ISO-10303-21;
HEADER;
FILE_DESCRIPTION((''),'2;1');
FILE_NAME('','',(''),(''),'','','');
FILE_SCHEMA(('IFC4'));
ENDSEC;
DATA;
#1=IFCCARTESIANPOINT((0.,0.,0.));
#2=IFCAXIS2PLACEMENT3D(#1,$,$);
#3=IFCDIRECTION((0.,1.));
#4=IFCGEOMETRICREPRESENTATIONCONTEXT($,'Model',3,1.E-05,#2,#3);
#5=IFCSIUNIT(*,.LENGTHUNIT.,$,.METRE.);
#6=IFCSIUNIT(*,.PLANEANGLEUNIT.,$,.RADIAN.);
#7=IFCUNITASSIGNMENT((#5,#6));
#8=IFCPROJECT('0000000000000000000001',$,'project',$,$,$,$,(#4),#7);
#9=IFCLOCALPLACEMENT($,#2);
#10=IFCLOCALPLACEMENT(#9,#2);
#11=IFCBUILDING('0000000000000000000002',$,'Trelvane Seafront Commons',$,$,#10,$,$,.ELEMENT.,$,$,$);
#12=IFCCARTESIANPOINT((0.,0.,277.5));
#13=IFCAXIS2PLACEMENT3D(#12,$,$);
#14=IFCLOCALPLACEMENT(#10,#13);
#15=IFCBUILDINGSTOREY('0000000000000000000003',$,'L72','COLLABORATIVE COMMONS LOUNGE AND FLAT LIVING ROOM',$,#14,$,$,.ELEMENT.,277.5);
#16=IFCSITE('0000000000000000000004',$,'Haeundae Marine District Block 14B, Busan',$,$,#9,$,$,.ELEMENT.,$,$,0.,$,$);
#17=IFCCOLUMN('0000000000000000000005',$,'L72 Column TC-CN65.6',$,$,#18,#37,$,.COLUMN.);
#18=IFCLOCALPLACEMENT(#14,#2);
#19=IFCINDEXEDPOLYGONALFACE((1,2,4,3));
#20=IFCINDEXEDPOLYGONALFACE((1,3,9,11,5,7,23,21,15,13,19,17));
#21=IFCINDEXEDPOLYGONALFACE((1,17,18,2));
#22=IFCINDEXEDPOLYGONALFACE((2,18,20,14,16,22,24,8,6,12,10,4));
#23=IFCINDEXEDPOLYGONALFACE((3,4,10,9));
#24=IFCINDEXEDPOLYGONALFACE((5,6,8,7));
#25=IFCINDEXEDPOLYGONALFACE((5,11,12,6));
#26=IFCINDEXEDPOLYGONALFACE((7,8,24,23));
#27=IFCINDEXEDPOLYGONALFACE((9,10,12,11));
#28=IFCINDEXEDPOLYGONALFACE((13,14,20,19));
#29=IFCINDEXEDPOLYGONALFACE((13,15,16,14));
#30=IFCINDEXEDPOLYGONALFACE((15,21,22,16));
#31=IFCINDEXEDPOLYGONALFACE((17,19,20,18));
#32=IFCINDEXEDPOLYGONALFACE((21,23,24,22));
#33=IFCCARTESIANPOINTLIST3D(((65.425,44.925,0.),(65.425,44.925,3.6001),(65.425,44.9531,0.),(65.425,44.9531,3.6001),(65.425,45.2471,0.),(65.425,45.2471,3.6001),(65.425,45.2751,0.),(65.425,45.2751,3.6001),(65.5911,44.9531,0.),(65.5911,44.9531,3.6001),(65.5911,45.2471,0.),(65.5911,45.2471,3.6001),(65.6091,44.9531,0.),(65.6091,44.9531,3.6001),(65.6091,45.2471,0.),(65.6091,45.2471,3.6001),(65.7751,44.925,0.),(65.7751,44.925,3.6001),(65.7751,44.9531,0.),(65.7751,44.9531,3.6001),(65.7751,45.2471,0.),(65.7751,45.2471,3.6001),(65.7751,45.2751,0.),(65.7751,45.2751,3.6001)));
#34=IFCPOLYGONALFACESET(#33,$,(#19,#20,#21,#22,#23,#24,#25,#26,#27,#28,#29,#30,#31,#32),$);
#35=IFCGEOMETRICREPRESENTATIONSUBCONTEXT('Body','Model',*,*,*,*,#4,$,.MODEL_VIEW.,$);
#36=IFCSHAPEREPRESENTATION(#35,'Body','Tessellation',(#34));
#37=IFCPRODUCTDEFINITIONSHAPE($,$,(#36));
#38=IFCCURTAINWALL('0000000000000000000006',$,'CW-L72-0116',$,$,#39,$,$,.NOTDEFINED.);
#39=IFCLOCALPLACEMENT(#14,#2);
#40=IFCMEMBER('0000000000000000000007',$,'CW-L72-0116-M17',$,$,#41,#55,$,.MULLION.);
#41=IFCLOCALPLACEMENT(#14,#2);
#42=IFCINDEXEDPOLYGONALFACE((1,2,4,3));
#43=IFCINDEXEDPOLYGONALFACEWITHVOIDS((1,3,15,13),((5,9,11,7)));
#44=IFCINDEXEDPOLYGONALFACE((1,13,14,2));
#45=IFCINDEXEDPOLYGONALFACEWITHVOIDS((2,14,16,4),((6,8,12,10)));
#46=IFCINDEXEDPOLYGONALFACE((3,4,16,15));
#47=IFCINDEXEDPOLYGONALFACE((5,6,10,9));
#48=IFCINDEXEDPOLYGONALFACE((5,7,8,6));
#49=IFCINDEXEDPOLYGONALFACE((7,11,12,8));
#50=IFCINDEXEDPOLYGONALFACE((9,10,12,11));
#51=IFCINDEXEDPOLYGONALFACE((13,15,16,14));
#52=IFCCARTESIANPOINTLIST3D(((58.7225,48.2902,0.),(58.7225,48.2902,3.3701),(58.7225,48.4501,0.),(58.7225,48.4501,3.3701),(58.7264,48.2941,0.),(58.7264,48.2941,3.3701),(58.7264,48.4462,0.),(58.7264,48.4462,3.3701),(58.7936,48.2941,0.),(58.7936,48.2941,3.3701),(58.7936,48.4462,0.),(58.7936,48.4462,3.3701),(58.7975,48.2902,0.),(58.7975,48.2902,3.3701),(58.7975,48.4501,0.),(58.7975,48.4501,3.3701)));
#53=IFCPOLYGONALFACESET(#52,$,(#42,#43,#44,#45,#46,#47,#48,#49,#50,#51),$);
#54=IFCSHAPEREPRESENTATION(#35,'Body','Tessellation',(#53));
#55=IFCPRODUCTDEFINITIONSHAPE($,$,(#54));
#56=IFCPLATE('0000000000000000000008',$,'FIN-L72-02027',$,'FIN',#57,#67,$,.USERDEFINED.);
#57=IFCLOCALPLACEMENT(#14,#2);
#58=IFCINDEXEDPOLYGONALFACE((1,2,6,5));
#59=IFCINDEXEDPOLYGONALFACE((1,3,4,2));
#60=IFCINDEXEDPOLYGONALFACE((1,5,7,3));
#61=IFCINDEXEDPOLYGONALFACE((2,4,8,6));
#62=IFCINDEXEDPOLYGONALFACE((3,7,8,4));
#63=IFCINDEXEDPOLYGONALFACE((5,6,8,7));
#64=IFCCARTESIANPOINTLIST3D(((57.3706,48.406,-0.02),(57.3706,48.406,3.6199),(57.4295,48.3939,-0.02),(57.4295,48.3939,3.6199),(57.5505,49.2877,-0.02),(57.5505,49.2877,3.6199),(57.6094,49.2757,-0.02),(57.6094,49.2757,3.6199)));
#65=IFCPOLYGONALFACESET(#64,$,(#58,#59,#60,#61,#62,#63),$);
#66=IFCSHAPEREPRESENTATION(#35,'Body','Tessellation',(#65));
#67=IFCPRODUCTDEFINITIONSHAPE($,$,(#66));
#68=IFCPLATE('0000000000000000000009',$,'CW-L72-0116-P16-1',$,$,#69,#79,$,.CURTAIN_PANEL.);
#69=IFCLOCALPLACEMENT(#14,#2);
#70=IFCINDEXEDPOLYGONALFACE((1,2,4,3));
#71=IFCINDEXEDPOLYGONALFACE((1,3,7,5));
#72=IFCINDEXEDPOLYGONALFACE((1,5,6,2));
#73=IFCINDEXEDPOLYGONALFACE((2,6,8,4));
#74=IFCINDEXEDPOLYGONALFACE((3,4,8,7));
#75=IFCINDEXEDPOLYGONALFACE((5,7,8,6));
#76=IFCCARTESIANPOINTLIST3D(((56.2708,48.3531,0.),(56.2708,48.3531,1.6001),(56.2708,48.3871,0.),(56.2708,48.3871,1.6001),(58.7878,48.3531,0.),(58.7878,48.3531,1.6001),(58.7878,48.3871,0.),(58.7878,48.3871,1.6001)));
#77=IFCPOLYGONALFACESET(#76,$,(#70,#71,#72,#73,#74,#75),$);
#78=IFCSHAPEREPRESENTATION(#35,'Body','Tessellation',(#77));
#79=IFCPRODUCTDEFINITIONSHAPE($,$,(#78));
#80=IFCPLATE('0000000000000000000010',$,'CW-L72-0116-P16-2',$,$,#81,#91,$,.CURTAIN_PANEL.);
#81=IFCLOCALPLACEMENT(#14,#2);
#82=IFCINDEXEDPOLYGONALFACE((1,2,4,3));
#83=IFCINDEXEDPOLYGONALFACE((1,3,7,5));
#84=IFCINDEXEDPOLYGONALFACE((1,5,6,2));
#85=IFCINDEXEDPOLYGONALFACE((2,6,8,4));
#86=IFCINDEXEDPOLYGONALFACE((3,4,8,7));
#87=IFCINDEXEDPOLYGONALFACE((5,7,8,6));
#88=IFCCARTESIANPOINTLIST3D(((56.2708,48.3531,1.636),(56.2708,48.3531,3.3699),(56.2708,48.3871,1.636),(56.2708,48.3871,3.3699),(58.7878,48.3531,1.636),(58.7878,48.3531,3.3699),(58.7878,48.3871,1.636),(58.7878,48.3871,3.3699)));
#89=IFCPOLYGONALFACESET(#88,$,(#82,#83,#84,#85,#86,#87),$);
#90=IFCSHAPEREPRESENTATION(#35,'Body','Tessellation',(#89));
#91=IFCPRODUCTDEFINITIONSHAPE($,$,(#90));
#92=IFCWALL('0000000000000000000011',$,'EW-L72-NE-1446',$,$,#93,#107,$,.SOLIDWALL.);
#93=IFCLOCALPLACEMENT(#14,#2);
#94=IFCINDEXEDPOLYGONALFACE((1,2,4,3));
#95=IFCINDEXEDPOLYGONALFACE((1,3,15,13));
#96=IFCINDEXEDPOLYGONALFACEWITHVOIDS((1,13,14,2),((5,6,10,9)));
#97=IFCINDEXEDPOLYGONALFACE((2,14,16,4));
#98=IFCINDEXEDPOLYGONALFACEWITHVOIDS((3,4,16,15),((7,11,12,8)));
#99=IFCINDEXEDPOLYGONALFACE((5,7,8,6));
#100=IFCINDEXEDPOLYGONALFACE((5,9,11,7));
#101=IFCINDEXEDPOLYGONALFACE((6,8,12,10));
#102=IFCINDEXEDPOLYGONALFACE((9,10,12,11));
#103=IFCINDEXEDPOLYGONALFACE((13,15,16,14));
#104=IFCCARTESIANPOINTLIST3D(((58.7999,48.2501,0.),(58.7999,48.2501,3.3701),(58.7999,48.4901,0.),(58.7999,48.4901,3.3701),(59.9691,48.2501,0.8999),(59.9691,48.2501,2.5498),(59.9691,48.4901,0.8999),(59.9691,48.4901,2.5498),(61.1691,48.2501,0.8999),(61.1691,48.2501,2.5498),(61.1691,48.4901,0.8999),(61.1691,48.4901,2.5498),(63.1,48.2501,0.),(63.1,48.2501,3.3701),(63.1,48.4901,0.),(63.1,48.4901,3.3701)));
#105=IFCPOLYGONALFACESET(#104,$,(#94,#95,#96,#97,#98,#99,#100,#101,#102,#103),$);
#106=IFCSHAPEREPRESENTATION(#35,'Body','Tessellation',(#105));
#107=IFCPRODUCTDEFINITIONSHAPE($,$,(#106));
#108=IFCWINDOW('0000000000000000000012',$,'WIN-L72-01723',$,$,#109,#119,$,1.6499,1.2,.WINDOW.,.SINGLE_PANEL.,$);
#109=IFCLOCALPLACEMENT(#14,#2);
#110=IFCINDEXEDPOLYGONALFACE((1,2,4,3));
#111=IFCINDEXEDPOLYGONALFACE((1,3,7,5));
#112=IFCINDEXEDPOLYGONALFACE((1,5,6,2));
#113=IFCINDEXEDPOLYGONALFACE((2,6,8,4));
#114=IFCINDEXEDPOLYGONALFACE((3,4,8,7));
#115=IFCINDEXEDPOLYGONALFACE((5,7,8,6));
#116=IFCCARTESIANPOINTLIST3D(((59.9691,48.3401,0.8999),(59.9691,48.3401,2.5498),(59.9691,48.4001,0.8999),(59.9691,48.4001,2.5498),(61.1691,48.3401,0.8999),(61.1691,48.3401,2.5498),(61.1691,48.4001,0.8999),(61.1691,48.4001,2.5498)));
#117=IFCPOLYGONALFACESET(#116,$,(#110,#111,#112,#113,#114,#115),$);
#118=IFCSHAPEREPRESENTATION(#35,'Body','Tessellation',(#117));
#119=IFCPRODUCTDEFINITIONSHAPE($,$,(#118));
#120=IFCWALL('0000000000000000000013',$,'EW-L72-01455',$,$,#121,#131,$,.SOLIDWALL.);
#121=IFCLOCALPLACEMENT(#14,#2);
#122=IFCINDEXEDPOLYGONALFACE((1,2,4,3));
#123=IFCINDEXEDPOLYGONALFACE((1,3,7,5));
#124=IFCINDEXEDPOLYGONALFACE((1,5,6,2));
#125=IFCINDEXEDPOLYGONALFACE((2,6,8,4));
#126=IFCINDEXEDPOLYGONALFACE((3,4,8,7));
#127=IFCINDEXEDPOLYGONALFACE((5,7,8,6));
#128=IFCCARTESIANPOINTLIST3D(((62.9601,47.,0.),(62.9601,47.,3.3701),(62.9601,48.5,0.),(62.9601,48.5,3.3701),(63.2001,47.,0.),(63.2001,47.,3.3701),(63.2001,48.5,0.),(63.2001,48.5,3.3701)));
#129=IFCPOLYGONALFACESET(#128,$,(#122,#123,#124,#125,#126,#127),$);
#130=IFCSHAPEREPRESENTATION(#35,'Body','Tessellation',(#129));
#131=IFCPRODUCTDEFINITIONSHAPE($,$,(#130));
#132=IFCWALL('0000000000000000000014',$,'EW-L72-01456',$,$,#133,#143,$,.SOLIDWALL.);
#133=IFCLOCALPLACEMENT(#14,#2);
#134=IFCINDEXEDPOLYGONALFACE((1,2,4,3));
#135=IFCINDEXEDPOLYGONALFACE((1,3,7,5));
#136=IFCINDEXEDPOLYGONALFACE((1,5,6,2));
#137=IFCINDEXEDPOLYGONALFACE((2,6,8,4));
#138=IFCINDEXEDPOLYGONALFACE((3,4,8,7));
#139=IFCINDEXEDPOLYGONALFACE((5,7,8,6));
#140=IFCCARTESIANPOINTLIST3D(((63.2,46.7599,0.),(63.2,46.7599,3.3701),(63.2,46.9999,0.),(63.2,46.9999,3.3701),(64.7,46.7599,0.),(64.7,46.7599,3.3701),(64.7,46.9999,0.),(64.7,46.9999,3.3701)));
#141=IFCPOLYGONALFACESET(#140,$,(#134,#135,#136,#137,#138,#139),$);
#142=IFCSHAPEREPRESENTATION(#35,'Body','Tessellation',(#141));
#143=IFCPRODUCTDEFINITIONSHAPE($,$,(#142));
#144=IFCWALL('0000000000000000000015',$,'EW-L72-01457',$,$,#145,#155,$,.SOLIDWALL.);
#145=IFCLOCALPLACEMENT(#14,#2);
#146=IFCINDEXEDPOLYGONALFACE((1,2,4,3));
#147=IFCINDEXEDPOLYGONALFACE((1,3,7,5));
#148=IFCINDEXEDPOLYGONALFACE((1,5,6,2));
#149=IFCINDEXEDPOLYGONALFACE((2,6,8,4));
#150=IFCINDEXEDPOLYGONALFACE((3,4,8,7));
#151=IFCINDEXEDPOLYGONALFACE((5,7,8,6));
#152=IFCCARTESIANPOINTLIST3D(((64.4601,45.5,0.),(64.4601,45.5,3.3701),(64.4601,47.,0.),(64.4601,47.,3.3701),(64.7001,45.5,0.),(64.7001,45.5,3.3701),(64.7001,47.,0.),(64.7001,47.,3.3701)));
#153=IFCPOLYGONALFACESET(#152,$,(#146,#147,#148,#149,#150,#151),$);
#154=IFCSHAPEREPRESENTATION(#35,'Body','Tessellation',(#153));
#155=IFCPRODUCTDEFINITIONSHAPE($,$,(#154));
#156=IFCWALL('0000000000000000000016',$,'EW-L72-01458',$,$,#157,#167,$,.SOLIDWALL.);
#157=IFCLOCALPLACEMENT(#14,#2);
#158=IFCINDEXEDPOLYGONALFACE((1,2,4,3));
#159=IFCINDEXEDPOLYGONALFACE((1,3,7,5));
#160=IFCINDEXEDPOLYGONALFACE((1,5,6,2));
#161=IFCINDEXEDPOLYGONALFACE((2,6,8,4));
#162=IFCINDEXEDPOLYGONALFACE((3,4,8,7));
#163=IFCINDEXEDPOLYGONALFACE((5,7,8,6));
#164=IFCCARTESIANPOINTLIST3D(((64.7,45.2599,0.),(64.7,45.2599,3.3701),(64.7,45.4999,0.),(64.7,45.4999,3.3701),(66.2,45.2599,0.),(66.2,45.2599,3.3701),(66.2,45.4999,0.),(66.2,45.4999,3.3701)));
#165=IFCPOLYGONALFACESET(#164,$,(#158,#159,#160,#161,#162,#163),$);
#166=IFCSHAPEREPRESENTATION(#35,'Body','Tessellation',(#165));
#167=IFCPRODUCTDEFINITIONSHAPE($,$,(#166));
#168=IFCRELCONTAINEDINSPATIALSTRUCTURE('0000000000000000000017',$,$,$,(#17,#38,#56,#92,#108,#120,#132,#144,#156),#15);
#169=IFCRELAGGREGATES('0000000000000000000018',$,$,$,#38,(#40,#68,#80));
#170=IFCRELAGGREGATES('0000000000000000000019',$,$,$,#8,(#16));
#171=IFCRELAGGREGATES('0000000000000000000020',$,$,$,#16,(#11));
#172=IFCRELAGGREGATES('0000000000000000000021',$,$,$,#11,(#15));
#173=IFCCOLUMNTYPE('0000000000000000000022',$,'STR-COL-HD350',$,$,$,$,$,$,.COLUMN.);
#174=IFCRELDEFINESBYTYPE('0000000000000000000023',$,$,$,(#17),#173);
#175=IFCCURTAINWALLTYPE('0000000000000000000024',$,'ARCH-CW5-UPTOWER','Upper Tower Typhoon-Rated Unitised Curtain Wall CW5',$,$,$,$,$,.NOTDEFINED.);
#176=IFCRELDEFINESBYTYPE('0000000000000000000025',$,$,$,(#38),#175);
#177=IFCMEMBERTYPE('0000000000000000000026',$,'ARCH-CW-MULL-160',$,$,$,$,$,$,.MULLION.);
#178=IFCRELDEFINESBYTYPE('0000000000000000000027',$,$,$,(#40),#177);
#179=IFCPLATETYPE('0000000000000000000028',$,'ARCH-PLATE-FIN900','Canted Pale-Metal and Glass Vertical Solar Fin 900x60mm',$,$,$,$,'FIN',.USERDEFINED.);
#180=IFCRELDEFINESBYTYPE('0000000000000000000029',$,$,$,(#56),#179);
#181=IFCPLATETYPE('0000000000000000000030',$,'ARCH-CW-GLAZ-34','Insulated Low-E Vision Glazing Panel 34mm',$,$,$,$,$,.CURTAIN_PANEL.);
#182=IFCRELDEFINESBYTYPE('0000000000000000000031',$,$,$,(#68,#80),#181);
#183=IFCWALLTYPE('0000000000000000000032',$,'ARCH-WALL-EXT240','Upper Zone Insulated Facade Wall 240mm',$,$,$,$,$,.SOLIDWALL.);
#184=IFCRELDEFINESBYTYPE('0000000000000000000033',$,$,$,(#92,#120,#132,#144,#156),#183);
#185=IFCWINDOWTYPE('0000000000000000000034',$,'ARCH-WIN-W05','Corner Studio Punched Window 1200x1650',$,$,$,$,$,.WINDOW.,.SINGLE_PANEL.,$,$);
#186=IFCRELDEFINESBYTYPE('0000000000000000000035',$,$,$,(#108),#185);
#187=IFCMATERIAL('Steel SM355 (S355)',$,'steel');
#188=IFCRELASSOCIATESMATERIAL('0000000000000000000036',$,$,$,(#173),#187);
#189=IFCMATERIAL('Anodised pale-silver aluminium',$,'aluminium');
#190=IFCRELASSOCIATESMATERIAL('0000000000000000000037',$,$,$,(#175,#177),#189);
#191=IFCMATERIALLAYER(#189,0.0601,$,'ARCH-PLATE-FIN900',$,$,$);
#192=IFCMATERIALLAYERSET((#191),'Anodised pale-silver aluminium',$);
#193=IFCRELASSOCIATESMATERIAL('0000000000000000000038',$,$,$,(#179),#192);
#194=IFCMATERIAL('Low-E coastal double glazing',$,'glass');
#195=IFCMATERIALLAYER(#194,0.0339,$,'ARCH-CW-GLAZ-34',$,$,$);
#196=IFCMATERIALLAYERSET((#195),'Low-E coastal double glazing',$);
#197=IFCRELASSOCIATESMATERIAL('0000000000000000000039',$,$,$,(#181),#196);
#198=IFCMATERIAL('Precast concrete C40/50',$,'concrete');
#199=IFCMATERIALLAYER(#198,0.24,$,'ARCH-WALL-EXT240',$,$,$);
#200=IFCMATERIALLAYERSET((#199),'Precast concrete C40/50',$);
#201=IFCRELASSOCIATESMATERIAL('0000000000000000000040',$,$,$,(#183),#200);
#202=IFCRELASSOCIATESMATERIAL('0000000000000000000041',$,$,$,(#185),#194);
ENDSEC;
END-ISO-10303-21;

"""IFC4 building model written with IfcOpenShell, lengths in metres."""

from ifc_helpers import new_model, si_unit, direction, frame, frame_2d, origin, origin_2d, place, context, subcontext, project, spatial, rectangle, hollow_rectangle, i_section, extrude, source, transform, mapped, material, layer, layer_set, material_profile, profile_set, type_object, element, fill, aggregate, save


model = new_model("IFC4")

# Units and contexts
model_context = context("Model", 3, precision=1e-05, world=origin(), true_north=direction((0.0, 1.0)))
body_context = subcontext(model_context, "Body", "Model", "MODEL_VIEW")
ifc_project = project(units=[si_unit("LENGTHUNIT", "METRE"), si_unit("PLANEANGLEUNIT", "RADIAN")], contexts=[model_context])

# Site, building, storey
site_placement = place(None, origin())
site = spatial("IfcSite", under=ifc_project, at=site_placement, Name="Haeundae Marine District Block 14B, Busan", CompositionType="ELEMENT", RefElevation=0.0)
building_placement = place(site_placement, origin())
building = spatial("IfcBuilding", under=site, at=building_placement, Name="Trelvane Seafront Commons", CompositionType="ELEMENT")
storey_placement = place(building_placement, frame((0.0, 0.0, 277.5)))
storey = spatial("IfcBuildingStorey", under=building, at=storey_placement, Name="L72", Description="COLLABORATIVE COMMONS LOUNGE AND FLAT LIVING ROOM", CompositionType="ELEMENT", Elevation=277.5)

# Column
ifc_material_1 = material(Name="Steel SM355 (S355)", Category="steel")
ifc_material_profile_1 = material_profile(ifc_material_1, i_section(OverallWidth=0.3501, OverallDepth=0.3501, WebThickness=0.0181, FlangeThickness=0.0281, at=origin_2d()), Name="HD-350x350x18x28")
ifc_profile_set_1 = profile_set([ifc_material_profile_1], Name="Steel SM355 (S355)")
column_type = type_object("IfcColumnType", Name="STR-COL-HD350", PredefinedType="COLUMN", material=ifc_profile_set_1)
shared_shape_1 = source(origin(), body_context, "Body", "SweptSolid", [
    extrude(i_section(OverallWidth=0.3501, OverallDepth=0.3501, WebThickness=0.0181, FlangeThickness=0.0281, at=origin_2d()), origin(), (0.0, 0.0, 1.0), 3.6001),
])
column_placement = place(storey_placement, frame((65.6001, 45.1001, 0.0), z_axis=(0.0, 0.0, 1.0), x_axis=(1.0, 0.0, 0.0)))
element("IfcColumn", 1, at=column_placement, inside=storey, type_object=column_type, Name="L72 Column TC-CN65.6", PredefinedType="COLUMN", context=body_context, shape_type="MappedRepresentation", body=[
    mapped(shared_shape_1, transform((0.0, 0.0, 0.0), x_axis=(1.0, 0.0, 0.0), y_axis=(0.0, 1.0, 0.0), z_axis=(0.0, 0.0, 1.0), scale=1.0)),
])

# Curtain wall, member
ifc_material_2 = material(Name="Anodised pale-silver aluminium", Category="aluminium")
curtain_wall_type = type_object("IfcCurtainWallType", Name="ARCH-CW5-UPTOWER", Description="Upper Tower Typhoon-Rated Unitised Curtain Wall CW5", PredefinedType="NOTDEFINED", material=ifc_material_2)
curtain_wall_placement = place(storey_placement, origin())
curtain_wall = element("IfcCurtainWall", 2, at=curtain_wall_placement, inside=storey, type_object=curtain_wall_type, Name="CW-L72-0116", PredefinedType="NOTDEFINED")
ifc_material_profile_2 = material_profile(ifc_material_2, hollow_rectangle(XDim=0.075, YDim=0.1599, WallThickness=0.0039, at=origin_2d()), Name="MULL-75x160x4")
ifc_profile_set_2 = profile_set([ifc_material_profile_2], Name="Anodised pale-silver aluminium")
member_type = type_object("IfcMemberType", Name="ARCH-CW-MULL-160", PredefinedType="MULLION", material=ifc_profile_set_2)
shared_shape_2 = source(origin(), body_context, "Body", "SweptSolid", [
    extrude(hollow_rectangle(XDim=0.075, YDim=0.1599, WallThickness=0.0039, at=origin_2d()), origin(), (0.0, 0.0, 1.0), 3.3701),
])
member_placement = place(storey_placement, frame((58.76, 48.3701, 0.0), z_axis=(0.0, 0.0, 1.0), x_axis=(1.0, 0.0, 0.0)))
member = element("IfcMember", 3, at=member_placement, type_object=member_type, Name="CW-L72-0116-M17", PredefinedType="MULLION", context=body_context, shape_type="MappedRepresentation", body=[
    mapped(shared_shape_2, transform((0.0, 0.0, 0.0), x_axis=(1.0, 0.0, 0.0), y_axis=(0.0, 1.0, 0.0), z_axis=(0.0, 0.0, 1.0), scale=1.0)),
])

# Plates
ifc_layer_1 = layer(ifc_material_2, 0.0601, Name="ARCH-PLATE-FIN900")
ifc_layer_set_1 = layer_set([ifc_layer_1], Name="Anodised pale-silver aluminium")
plate_type_1 = type_object("IfcPlateType", Name="ARCH-PLATE-FIN900", Description="Canted Pale-Metal and Glass Vertical Solar Fin 900x60mm", ElementType="FIN", PredefinedType="USERDEFINED", material=ifc_layer_set_1)
shared_shape_3 = source(origin(), body_context, "Body", "SweptSolid", [
    extrude(rectangle(XDim=0.8999, YDim=0.0601, at=origin_2d()), origin(), (0.0, 0.0, 1.0), 3.6399),
])
plate_1_placement = place(storey_placement, frame((57.49, 48.8408, -0.02), z_axis=(0.0, 0.0, 1.0), x_axis=(0.199896, 0.979817, 0.0)))
element("IfcPlate", 4, at=plate_1_placement, inside=storey, type_object=plate_type_1, Name="FIN-L72-02027", ObjectType="FIN", PredefinedType="USERDEFINED", context=body_context, shape_type="MappedRepresentation", body=[
    mapped(shared_shape_3, transform((0.0, 0.0, 0.0), x_axis=(1.0, 0.0, 0.0), y_axis=(0.0, 1.0, 0.0), z_axis=(0.0, 0.0, 1.0), scale=1.0)),
])
ifc_material_3 = material(Name="Low-E coastal double glazing", Category="glass")
ifc_layer_2 = layer(ifc_material_3, 0.0339, Name="ARCH-CW-GLAZ-34")
ifc_layer_set_2 = layer_set([ifc_layer_2], Name="Low-E coastal double glazing")
plate_type_2 = type_object("IfcPlateType", Name="ARCH-CW-GLAZ-34", Description="Insulated Low-E Vision Glazing Panel 34mm", PredefinedType="CURTAIN_PANEL", material=ifc_layer_set_2)
shared_shape_4 = source(origin(), body_context, "Body", "SweptSolid", [
    extrude(rectangle(XDim=2.5171, YDim=0.0339, at=origin_2d()), origin(), (0.0, 0.0, 1.0), 1.6001),
])
plate_2_placement = place(storey_placement, frame((57.5293, 48.3701, 0.0), z_axis=(0.0, 0.0, 1.0), x_axis=(1.0, 0.0, 0.0)))
plate_2 = element("IfcPlate", 5, at=plate_2_placement, type_object=plate_type_2, Name="CW-L72-0116-P16-1", PredefinedType="CURTAIN_PANEL", context=body_context, shape_type="MappedRepresentation", body=[
    mapped(shared_shape_4, transform((0.0, 0.0, 0.0), x_axis=(1.0, 0.0, 0.0), y_axis=(0.0, 1.0, 0.0), z_axis=(0.0, 0.0, 1.0), scale=1.0)),
])
shared_shape_5 = source(origin(), body_context, "Body", "SweptSolid", [
    extrude(rectangle(XDim=2.5171, YDim=0.0339, at=origin_2d()), origin(), (0.0, 0.0, 1.0), 1.7339),
])
plate_3_placement = place(storey_placement, frame((57.5293, 48.3701, 1.636), z_axis=(0.0, 0.0, 1.0), x_axis=(1.0, 0.0, 0.0)))
plate_3 = element("IfcPlate", 6, at=plate_3_placement, type_object=plate_type_2, Name="CW-L72-0116-P16-2", PredefinedType="CURTAIN_PANEL", context=body_context, shape_type="MappedRepresentation", body=[
    mapped(shared_shape_5, transform((0.0, 0.0, 0.0), x_axis=(1.0, 0.0, 0.0), y_axis=(0.0, 1.0, 0.0), z_axis=(0.0, 0.0, 1.0), scale=1.0)),
])
aggregate(curtain_wall, [member, plate_2, plate_3])

# Wall, opening, window
ifc_material_4 = material(Name="Precast concrete C40/50", Category="concrete")
ifc_layer_3 = layer(ifc_material_4, 0.24, Name="ARCH-WALL-EXT240")
ifc_layer_set_3 = layer_set([ifc_layer_3], Name="Precast concrete C40/50")
wall_type = type_object("IfcWallType", Name="ARCH-WALL-EXT240", Description="Upper Zone Insulated Facade Wall 240mm", PredefinedType="SOLIDWALL", material=ifc_layer_set_3)
wall_1_placement = place(storey_placement, frame((58.8, 48.3701, 0.0), z_axis=(0.0, 0.0, 1.0), x_axis=(1.0, 0.0, 0.0)))
wall_1 = element("IfcWall", 7, at=wall_1_placement, inside=storey, type_object=wall_type, Name="EW-L72-NE-1446", PredefinedType="SOLIDWALL", context=body_context, shape_type="SweptSolid", body=[
    extrude(rectangle(XDim=4.3, YDim=0.24, at=frame_2d((2.1499, 0.0))), origin(), (0.0, 0.0, 1.0), 3.3701),
])
opening_1_placement = place(wall_1_placement, frame((1.1689, 0.0, 0.8999)))
opening_1 = element("IfcOpeningElement", 8, at=opening_1_placement, cuts=wall_1, PredefinedType="OPENING", context=body_context, shape_type="SweptSolid", body=[
    extrude(rectangle(XDim=1.2, YDim=1.6499, at=frame_2d((0.6001, 0.825))), frame((0.0, 0.1299, 0.0), z_axis=(0.0, -1.0, 0.0), x_axis=(1.0, 0.0, 0.0)), (0.0, 0.0, 1.0), 0.26),
])
window_type_1 = type_object("IfcWindowType", Name="ARCH-WIN-W05", Description="Corner Studio Punched Window 1200x1650", PartitioningType="SINGLE_PANEL", PredefinedType="WINDOW", material=ifc_material_3)
shared_shape_6 = source(origin(), body_context, "Body", "SweptSolid", [
    extrude(rectangle(XDim=1.2, YDim=1.6499, at=frame_2d((0.6001, 0.825))), frame((0.0, 0.03, 0.0), z_axis=(0.0, -1.0, 0.0), x_axis=(1.0, 0.0, 0.0)), (0.0, 0.0, 1.0), 0.0601),
])
window_1_placement = place(opening_1_placement, origin())
window_1 = element("IfcWindow", 9, at=window_1_placement, inside=storey, type_object=window_type_1, Name="WIN-L72-01723", OverallHeight=1.6499, OverallWidth=1.2, PartitioningType="SINGLE_PANEL", PredefinedType="WINDOW", context=body_context, shape_type="MappedRepresentation", body=[
    mapped(shared_shape_6, transform((0.0, 0.0, 0.0), x_axis=(1.0, 0.0, 0.0), y_axis=(0.0, 1.0, 0.0), z_axis=(0.0, 0.0, 1.0), scale=1.0)),
])
fill(opening_1, window_1)

# Walls
for number, where, z_axis, x_axis, name in (
    (10, (63.0801, 48.5, 0.0), (0.0, 0.0, 1.0), (0.0, -1.0, 0.0), "EW-L72-01455"),
    (11, (63.2, 46.8799, 0.0), (0.0, 0.0, 1.0), (1.0, 0.0, 0.0), "EW-L72-01456"),
    (12, (64.5801, 47.0, 0.0), (0.0, 0.0, 1.0), (0.0, -1.0, 0.0), "EW-L72-01457"),
    (13, (64.7, 45.3799, 0.0), (0.0, 0.0, 1.0), (1.0, 0.0, 0.0), "EW-L72-01458"),
):
    element("IfcWall", number, at=place(storey_placement, frame(where, z_axis=z_axis, x_axis=x_axis)), inside=storey, type_object=wall_type, Name=name, PredefinedType="SOLIDWALL", context=body_context, shape_type="SweptSolid", body=[
        extrude(rectangle(XDim=1.5, YDim=0.24, at=frame_2d((0.75, 0.0))), origin(), (0.0, 0.0, 1.0), 3.3701),
    ])

save(model, "model.ifc")
